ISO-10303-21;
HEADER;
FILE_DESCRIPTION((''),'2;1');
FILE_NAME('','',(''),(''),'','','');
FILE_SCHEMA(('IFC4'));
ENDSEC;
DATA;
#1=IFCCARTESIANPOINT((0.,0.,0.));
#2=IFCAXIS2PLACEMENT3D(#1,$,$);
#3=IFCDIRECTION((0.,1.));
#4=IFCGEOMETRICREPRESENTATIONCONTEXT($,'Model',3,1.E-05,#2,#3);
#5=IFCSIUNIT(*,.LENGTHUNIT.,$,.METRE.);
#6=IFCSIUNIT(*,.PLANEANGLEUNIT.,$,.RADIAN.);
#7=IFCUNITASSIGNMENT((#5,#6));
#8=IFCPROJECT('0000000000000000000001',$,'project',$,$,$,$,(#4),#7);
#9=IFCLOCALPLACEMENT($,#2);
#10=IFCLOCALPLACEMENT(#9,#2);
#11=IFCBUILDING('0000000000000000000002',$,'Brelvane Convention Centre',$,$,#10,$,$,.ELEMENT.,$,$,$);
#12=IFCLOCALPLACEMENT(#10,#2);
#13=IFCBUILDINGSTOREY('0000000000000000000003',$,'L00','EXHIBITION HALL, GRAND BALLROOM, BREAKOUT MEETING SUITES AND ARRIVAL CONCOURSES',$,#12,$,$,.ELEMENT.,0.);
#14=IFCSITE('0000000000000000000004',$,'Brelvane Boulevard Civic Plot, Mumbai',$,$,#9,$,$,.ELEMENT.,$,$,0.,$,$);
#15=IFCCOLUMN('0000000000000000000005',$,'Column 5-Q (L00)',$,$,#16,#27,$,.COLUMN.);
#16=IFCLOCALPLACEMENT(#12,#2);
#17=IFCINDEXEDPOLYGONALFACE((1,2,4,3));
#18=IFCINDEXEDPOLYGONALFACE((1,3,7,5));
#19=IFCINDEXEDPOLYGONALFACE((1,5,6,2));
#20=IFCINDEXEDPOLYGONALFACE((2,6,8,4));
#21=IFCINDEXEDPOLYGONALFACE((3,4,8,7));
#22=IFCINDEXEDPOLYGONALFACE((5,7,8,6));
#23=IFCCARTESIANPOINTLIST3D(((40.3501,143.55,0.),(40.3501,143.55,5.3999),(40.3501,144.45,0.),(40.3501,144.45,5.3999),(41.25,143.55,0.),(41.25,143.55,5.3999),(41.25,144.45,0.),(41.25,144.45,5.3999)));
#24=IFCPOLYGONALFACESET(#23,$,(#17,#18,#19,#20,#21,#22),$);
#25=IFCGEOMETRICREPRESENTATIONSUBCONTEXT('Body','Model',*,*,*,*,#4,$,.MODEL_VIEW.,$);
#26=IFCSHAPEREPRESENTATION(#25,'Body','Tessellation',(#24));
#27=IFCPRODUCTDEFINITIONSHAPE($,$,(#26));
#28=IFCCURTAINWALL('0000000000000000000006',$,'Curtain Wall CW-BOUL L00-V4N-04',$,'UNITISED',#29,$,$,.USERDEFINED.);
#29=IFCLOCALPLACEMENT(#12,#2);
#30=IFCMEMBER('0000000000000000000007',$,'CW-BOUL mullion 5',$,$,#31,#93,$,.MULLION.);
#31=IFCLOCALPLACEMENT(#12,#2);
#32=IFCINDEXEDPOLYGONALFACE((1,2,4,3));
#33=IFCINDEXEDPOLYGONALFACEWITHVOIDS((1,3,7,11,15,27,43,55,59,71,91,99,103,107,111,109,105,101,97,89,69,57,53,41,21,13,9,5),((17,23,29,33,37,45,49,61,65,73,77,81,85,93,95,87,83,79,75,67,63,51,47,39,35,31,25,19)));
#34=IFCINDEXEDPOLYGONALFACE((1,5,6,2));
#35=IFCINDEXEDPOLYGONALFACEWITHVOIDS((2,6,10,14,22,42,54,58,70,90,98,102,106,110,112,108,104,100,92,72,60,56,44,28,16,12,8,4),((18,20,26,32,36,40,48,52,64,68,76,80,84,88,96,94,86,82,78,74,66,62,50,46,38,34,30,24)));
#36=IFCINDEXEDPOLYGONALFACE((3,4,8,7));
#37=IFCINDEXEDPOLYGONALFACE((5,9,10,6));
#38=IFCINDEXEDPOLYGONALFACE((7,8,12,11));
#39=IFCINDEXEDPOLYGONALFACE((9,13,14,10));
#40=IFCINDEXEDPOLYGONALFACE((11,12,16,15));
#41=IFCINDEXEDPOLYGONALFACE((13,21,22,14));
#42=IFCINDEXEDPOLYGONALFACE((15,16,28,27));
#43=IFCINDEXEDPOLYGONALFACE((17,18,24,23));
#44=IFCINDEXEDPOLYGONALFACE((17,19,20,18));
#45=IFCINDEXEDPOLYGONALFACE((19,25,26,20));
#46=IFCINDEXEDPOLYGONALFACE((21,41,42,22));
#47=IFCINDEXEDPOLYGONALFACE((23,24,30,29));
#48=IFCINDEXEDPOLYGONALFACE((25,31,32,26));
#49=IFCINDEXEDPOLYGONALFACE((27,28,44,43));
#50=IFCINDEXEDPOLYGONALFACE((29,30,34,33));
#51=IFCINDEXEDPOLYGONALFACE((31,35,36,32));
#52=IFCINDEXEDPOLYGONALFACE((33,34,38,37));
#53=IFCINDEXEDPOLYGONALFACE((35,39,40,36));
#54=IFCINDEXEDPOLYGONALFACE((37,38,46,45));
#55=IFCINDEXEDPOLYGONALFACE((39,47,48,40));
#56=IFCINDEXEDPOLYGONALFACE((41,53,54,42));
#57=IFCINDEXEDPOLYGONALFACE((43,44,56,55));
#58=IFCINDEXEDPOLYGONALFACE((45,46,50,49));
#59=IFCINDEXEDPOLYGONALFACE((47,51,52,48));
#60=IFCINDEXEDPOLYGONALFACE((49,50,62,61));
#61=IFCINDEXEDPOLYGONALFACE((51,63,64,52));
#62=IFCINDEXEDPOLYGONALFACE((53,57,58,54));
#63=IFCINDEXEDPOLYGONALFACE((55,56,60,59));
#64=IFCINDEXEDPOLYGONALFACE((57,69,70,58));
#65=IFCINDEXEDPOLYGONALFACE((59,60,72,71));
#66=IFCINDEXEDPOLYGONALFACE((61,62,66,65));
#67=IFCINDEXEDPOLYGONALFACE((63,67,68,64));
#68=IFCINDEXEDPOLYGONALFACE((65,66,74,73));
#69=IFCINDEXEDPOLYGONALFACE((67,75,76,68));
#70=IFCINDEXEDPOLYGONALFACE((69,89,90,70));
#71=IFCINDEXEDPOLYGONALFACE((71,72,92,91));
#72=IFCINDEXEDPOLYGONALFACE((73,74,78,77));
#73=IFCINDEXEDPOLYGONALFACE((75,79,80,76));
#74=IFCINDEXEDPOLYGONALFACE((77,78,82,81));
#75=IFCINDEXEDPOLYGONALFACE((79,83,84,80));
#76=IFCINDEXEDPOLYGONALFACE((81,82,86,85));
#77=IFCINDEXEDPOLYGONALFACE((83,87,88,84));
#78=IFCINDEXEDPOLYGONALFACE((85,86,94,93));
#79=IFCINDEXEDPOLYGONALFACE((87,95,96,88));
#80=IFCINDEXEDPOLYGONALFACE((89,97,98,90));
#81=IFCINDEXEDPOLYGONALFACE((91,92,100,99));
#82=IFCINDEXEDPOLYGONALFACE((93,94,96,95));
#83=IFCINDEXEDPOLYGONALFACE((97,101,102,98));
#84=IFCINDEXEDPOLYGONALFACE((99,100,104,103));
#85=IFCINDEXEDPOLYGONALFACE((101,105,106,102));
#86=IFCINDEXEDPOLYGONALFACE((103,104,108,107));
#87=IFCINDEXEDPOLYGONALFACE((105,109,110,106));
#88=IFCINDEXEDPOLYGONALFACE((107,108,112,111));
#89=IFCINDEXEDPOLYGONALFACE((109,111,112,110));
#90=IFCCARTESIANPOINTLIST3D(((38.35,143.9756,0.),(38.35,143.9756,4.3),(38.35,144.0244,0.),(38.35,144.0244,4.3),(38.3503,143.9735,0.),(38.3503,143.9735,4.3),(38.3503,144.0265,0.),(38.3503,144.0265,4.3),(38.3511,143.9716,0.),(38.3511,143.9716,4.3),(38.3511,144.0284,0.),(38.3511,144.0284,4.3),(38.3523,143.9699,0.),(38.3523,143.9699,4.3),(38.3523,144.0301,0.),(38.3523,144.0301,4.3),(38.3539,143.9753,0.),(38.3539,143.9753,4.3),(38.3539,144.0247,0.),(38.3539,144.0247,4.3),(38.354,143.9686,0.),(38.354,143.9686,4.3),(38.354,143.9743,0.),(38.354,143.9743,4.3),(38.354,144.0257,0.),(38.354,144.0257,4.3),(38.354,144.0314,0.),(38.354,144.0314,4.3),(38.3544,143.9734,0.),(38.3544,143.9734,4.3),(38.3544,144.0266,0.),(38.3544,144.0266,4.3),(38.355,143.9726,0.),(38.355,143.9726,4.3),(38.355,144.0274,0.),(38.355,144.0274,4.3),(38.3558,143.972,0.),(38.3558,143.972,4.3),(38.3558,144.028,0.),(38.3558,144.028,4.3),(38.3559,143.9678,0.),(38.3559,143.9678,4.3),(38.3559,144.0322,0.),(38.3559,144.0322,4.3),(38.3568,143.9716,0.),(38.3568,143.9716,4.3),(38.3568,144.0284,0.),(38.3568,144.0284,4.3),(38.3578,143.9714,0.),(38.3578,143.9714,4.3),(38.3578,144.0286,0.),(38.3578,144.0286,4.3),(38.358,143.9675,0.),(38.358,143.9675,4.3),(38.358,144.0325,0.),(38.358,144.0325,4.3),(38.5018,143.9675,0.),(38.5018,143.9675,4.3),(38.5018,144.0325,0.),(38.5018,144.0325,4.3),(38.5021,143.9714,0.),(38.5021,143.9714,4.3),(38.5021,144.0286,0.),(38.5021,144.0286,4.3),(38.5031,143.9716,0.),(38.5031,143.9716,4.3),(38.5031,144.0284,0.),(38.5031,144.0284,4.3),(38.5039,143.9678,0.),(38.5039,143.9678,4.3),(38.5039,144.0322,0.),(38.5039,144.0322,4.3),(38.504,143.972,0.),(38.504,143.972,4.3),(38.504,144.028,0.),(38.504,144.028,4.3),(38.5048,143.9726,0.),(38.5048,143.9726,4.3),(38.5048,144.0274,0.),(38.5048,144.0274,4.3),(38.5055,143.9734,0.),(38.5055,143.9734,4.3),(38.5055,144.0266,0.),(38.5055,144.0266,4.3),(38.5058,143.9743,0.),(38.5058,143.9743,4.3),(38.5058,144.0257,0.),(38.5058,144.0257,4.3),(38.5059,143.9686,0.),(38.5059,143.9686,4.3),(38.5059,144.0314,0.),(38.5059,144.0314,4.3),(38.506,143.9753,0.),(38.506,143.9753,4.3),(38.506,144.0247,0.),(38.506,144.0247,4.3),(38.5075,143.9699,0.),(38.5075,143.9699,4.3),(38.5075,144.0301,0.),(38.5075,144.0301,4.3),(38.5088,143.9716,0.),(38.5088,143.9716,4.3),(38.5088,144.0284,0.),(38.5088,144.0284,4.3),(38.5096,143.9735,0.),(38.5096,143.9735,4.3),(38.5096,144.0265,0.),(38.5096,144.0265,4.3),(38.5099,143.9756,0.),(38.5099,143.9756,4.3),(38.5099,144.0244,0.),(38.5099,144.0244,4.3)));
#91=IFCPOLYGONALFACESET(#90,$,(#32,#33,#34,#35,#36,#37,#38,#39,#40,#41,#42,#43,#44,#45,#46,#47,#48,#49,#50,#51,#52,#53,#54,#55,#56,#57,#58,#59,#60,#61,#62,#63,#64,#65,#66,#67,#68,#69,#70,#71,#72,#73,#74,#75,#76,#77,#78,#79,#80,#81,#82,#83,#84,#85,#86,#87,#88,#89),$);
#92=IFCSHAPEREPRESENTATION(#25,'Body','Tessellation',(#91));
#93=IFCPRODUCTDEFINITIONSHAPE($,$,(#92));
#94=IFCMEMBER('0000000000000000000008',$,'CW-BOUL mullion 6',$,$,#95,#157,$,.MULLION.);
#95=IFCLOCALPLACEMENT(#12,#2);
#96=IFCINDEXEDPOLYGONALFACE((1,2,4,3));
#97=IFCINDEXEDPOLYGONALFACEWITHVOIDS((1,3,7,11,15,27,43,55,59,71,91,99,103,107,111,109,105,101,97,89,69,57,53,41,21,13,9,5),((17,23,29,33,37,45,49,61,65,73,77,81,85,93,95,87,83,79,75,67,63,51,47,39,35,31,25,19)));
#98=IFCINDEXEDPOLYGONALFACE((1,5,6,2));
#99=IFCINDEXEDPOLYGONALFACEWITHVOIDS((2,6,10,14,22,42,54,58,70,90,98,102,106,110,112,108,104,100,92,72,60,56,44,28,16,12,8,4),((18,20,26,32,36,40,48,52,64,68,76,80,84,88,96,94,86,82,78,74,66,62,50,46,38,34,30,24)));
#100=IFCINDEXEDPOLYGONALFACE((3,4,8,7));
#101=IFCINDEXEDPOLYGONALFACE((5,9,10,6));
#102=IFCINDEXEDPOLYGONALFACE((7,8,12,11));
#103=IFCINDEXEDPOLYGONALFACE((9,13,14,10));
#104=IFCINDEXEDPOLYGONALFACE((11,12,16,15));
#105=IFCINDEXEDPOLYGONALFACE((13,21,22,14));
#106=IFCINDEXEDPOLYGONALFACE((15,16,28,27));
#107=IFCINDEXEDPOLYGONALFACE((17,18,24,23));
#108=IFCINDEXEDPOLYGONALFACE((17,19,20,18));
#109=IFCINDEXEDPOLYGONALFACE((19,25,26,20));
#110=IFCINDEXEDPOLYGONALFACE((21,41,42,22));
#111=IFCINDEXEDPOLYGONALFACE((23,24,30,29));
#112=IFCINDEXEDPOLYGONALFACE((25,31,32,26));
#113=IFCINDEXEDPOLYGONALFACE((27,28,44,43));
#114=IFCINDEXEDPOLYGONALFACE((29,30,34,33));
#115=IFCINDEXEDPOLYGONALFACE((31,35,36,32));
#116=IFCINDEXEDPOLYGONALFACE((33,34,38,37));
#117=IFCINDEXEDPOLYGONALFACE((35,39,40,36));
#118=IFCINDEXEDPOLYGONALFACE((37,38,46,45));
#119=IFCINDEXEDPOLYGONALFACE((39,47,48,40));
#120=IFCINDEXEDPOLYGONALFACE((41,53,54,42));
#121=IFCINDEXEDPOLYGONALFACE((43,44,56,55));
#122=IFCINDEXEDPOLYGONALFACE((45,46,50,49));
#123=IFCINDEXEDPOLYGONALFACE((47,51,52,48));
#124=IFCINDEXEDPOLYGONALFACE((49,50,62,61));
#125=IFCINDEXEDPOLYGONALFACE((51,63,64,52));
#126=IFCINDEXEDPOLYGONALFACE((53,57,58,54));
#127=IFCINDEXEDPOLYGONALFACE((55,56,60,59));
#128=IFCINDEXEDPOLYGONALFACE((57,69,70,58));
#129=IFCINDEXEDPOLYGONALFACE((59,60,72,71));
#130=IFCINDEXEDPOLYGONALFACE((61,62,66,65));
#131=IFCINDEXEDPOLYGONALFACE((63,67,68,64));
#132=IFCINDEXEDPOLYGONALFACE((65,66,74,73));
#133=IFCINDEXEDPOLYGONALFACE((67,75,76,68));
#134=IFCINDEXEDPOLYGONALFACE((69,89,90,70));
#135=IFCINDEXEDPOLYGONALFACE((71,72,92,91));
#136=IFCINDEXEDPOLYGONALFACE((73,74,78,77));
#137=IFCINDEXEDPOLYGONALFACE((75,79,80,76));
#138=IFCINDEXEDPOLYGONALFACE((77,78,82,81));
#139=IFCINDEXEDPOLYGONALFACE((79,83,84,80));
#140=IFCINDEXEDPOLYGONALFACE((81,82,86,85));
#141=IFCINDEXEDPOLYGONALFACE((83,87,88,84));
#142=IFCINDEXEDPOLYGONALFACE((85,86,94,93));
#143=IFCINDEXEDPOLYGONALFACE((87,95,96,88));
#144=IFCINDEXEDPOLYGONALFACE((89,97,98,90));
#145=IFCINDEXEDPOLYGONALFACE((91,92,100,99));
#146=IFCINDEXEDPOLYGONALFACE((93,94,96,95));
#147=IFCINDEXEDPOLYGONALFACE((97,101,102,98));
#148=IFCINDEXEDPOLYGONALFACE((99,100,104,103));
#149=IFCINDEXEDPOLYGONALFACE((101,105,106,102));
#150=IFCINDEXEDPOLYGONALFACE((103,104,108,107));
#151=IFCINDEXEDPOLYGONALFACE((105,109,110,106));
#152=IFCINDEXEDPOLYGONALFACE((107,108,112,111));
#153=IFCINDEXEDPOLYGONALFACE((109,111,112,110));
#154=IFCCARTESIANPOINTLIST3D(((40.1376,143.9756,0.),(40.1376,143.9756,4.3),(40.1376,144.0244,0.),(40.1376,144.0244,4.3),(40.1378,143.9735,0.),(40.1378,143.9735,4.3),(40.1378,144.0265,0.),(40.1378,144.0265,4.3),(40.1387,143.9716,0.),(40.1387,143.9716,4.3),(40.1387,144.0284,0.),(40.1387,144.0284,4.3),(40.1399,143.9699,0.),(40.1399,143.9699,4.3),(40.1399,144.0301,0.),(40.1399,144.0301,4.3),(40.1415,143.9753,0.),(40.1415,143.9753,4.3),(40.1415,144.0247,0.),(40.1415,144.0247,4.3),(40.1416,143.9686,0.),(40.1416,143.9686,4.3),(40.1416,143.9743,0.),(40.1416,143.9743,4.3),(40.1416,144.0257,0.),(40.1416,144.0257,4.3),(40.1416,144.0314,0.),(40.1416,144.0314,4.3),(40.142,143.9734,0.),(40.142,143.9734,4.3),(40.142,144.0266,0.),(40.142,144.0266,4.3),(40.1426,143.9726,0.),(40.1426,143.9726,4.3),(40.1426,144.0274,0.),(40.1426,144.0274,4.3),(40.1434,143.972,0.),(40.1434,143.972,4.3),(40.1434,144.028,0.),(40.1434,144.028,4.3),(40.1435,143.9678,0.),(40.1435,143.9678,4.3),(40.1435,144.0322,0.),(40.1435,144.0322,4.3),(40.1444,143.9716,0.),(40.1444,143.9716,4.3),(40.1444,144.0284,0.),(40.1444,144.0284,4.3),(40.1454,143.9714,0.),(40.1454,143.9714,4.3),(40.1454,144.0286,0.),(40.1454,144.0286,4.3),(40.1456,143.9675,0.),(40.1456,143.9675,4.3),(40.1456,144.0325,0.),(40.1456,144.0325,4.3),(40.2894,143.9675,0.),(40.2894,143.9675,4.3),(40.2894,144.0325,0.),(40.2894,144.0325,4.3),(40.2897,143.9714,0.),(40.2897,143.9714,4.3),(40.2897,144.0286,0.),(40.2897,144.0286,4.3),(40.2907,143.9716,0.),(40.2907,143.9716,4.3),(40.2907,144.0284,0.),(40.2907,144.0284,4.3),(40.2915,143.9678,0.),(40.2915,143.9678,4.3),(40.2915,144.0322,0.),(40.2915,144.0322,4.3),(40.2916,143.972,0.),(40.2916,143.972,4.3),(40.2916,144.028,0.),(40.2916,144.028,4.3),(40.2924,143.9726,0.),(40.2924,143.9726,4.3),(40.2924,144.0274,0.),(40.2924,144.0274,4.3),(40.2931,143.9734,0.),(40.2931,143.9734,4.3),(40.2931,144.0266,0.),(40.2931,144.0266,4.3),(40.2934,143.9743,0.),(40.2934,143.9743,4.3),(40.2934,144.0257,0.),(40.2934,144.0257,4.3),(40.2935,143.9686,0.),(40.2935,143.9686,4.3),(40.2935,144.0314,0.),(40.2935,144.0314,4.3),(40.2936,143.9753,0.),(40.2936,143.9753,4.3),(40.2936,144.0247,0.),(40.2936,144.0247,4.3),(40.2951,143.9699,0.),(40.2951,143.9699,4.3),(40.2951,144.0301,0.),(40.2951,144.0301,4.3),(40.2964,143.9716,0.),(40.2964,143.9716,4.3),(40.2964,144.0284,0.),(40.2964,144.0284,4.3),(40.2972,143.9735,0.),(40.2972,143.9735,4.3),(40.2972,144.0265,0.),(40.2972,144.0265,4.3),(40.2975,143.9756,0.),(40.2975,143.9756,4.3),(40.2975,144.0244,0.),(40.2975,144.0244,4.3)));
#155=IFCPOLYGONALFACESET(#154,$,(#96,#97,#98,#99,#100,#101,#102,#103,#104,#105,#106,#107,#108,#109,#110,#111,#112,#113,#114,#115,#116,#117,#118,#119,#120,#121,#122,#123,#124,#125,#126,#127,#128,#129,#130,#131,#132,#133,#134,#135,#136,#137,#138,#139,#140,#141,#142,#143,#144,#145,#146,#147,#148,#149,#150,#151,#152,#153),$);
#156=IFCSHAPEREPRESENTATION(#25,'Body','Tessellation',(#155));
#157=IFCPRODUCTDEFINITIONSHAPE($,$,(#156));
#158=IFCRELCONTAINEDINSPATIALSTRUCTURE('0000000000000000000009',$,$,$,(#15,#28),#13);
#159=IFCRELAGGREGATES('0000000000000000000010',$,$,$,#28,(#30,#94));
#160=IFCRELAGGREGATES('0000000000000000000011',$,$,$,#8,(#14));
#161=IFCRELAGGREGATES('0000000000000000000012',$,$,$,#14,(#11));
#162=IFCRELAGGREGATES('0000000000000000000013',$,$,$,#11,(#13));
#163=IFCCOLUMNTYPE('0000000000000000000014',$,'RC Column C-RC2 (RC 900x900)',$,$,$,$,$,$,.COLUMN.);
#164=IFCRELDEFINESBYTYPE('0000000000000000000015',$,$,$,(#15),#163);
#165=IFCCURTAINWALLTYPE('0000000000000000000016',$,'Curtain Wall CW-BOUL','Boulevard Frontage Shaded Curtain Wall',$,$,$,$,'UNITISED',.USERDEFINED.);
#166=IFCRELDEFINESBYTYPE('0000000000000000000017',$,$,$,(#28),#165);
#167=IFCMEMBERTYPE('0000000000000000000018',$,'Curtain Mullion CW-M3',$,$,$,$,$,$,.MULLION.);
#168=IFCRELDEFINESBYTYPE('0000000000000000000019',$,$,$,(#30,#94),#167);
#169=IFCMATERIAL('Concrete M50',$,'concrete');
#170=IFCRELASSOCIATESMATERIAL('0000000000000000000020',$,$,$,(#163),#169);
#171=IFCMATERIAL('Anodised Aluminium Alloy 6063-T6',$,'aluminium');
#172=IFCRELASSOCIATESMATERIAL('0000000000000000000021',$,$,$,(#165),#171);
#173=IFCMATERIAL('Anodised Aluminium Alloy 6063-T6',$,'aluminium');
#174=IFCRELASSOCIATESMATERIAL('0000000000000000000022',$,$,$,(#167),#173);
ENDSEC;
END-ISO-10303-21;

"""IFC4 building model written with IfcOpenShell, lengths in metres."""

from ifc_helpers import new_model, si_unit, direction, frame, origin, origin_2d, place, context, subcontext, project, spatial, rectangle, hollow_rectangle, extrude, material, material_profile, profile_set, type_object, element, aggregate, save


model = new_model("IFC4")

# Units and contexts
model_context = context("Model", 3, precision=1e-05, world=origin(), true_north=direction((0.0, 1.0)))
body_context = subcontext(model_context, "Body", "Model", "MODEL_VIEW")
ifc_project = project(units=[si_unit("LENGTHUNIT", "METRE"), si_unit("PLANEANGLEUNIT", "RADIAN")], contexts=[model_context])

# Site, building, storey
site_placement = place(None, origin())
site = spatial("IfcSite", under=ifc_project, at=site_placement, Name="Brelvane Boulevard Civic Plot, Mumbai", CompositionType="ELEMENT", RefElevation=0.0)
building_placement = place(site_placement, origin())
building = spatial("IfcBuilding", under=site, at=building_placement, Name="Brelvane Convention Centre", CompositionType="ELEMENT")
storey_placement = place(building_placement, origin())
storey = spatial("IfcBuildingStorey", under=building, at=storey_placement, Name="L00", Description="EXHIBITION HALL, GRAND BALLROOM, BREAKOUT MEETING SUITES AND ARRIVAL CONCOURSES", CompositionType="ELEMENT", Elevation=0.0)

# Column
ifc_material_1 = material(Name="Concrete M50", Category="concrete")
ifc_material_profile_1 = material_profile(ifc_material_1, rectangle(XDim=0.8999, YDim=0.8999, at=origin_2d()), Name="RC 900x900")
ifc_profile_set_1 = profile_set([ifc_material_profile_1], Name="Concrete M50")
column_type = type_object("IfcColumnType", Name="RC Column C-RC2 (RC 900x900)", PredefinedType="COLUMN", material=ifc_profile_set_1)
column_placement = place(storey_placement, frame((40.8, 144.0, 0.0), z_axis=(0.0, 0.0, 1.0), x_axis=(1.0, 0.0, 0.0)))
element("IfcColumn", 1, at=column_placement, inside=storey, type_object=column_type, Name="Column 5-Q (L00)", PredefinedType="COLUMN", context=body_context, shape_type="SweptSolid", body=[
    extrude(rectangle(XDim=0.8999, YDim=0.8999, at=origin_2d()), origin(), (0.0, 0.0, 1.0), 5.3999),
])

# Curtain wall, members
ifc_material_2 = material(Name="Anodised Aluminium Alloy 6063-T6", Category="aluminium")
curtain_wall_type = type_object("IfcCurtainWallType", Name="Curtain Wall CW-BOUL", Description="Boulevard Frontage Shaded Curtain Wall", ElementType="UNITISED", PredefinedType="USERDEFINED", material=ifc_material_2)
curtain_wall_placement = place(storey_placement, origin())
curtain_wall = element("IfcCurtainWall", 2, at=curtain_wall_placement, inside=storey, type_object=curtain_wall_type, Name="Curtain Wall CW-BOUL L00-V4N-04", ObjectType="UNITISED", PredefinedType="USERDEFINED")
ifc_material_3 = material(Name="Anodised Aluminium Alloy 6063-T6", Category="aluminium")
ifc_material_profile_2 = material_profile(ifc_material_3, hollow_rectangle(XDim=0.0649, YDim=0.1599, WallThickness=0.0039, InnerFilletRadius=0.0039, OuterFilletRadius=0.0081, at=origin_2d()), Name="ALU-M 160x65x4.0")
ifc_profile_set_2 = profile_set([ifc_material_profile_2], Name="Anodised Aluminium Alloy 6063-T6")
member_type_1 = type_object("IfcMemberType", Name="Curtain Mullion CW-M3", PredefinedType="MULLION", material=ifc_profile_set_2)
member_1_placement = place(storey_placement, frame((38.4299, 144.0, 0.0), z_axis=(0.0, 0.0, 1.0), x_axis=(0.0, 1.0, 0.0)))
member_1 = element("IfcMember", 3, at=member_1_placement, type_object=member_type_1, Name="CW-BOUL mullion 5", PredefinedType="MULLION", context=body_context, shape_type="SweptSolid", body=[
    extrude(hollow_rectangle(XDim=0.0649, YDim=0.1599, WallThickness=0.0039, InnerFilletRadius=0.0039, OuterFilletRadius=0.0081, at=origin_2d()), origin(), (0.0, 0.0, 1.0), 4.3),
])
member_2_placement = place(storey_placement, frame((40.2175, 144.0, 0.0), z_axis=(0.0, 0.0, 1.0), x_axis=(0.0, 1.0, 0.0)))
member_2 = element("IfcMember", 4, at=member_2_placement, type_object=member_type_1, Name="CW-BOUL mullion 6", PredefinedType="MULLION", context=body_context, shape_type="SweptSolid", body=[
    extrude(hollow_rectangle(XDim=0.0649, YDim=0.1599, WallThickness=0.0039, InnerFilletRadius=0.0039, OuterFilletRadius=0.0081, at=origin_2d()), origin(), (0.0, 0.0, 1.0), 4.3),
])

aggregate(curtain_wall, [member_1, member_2])

save(model, "model.ifc")
